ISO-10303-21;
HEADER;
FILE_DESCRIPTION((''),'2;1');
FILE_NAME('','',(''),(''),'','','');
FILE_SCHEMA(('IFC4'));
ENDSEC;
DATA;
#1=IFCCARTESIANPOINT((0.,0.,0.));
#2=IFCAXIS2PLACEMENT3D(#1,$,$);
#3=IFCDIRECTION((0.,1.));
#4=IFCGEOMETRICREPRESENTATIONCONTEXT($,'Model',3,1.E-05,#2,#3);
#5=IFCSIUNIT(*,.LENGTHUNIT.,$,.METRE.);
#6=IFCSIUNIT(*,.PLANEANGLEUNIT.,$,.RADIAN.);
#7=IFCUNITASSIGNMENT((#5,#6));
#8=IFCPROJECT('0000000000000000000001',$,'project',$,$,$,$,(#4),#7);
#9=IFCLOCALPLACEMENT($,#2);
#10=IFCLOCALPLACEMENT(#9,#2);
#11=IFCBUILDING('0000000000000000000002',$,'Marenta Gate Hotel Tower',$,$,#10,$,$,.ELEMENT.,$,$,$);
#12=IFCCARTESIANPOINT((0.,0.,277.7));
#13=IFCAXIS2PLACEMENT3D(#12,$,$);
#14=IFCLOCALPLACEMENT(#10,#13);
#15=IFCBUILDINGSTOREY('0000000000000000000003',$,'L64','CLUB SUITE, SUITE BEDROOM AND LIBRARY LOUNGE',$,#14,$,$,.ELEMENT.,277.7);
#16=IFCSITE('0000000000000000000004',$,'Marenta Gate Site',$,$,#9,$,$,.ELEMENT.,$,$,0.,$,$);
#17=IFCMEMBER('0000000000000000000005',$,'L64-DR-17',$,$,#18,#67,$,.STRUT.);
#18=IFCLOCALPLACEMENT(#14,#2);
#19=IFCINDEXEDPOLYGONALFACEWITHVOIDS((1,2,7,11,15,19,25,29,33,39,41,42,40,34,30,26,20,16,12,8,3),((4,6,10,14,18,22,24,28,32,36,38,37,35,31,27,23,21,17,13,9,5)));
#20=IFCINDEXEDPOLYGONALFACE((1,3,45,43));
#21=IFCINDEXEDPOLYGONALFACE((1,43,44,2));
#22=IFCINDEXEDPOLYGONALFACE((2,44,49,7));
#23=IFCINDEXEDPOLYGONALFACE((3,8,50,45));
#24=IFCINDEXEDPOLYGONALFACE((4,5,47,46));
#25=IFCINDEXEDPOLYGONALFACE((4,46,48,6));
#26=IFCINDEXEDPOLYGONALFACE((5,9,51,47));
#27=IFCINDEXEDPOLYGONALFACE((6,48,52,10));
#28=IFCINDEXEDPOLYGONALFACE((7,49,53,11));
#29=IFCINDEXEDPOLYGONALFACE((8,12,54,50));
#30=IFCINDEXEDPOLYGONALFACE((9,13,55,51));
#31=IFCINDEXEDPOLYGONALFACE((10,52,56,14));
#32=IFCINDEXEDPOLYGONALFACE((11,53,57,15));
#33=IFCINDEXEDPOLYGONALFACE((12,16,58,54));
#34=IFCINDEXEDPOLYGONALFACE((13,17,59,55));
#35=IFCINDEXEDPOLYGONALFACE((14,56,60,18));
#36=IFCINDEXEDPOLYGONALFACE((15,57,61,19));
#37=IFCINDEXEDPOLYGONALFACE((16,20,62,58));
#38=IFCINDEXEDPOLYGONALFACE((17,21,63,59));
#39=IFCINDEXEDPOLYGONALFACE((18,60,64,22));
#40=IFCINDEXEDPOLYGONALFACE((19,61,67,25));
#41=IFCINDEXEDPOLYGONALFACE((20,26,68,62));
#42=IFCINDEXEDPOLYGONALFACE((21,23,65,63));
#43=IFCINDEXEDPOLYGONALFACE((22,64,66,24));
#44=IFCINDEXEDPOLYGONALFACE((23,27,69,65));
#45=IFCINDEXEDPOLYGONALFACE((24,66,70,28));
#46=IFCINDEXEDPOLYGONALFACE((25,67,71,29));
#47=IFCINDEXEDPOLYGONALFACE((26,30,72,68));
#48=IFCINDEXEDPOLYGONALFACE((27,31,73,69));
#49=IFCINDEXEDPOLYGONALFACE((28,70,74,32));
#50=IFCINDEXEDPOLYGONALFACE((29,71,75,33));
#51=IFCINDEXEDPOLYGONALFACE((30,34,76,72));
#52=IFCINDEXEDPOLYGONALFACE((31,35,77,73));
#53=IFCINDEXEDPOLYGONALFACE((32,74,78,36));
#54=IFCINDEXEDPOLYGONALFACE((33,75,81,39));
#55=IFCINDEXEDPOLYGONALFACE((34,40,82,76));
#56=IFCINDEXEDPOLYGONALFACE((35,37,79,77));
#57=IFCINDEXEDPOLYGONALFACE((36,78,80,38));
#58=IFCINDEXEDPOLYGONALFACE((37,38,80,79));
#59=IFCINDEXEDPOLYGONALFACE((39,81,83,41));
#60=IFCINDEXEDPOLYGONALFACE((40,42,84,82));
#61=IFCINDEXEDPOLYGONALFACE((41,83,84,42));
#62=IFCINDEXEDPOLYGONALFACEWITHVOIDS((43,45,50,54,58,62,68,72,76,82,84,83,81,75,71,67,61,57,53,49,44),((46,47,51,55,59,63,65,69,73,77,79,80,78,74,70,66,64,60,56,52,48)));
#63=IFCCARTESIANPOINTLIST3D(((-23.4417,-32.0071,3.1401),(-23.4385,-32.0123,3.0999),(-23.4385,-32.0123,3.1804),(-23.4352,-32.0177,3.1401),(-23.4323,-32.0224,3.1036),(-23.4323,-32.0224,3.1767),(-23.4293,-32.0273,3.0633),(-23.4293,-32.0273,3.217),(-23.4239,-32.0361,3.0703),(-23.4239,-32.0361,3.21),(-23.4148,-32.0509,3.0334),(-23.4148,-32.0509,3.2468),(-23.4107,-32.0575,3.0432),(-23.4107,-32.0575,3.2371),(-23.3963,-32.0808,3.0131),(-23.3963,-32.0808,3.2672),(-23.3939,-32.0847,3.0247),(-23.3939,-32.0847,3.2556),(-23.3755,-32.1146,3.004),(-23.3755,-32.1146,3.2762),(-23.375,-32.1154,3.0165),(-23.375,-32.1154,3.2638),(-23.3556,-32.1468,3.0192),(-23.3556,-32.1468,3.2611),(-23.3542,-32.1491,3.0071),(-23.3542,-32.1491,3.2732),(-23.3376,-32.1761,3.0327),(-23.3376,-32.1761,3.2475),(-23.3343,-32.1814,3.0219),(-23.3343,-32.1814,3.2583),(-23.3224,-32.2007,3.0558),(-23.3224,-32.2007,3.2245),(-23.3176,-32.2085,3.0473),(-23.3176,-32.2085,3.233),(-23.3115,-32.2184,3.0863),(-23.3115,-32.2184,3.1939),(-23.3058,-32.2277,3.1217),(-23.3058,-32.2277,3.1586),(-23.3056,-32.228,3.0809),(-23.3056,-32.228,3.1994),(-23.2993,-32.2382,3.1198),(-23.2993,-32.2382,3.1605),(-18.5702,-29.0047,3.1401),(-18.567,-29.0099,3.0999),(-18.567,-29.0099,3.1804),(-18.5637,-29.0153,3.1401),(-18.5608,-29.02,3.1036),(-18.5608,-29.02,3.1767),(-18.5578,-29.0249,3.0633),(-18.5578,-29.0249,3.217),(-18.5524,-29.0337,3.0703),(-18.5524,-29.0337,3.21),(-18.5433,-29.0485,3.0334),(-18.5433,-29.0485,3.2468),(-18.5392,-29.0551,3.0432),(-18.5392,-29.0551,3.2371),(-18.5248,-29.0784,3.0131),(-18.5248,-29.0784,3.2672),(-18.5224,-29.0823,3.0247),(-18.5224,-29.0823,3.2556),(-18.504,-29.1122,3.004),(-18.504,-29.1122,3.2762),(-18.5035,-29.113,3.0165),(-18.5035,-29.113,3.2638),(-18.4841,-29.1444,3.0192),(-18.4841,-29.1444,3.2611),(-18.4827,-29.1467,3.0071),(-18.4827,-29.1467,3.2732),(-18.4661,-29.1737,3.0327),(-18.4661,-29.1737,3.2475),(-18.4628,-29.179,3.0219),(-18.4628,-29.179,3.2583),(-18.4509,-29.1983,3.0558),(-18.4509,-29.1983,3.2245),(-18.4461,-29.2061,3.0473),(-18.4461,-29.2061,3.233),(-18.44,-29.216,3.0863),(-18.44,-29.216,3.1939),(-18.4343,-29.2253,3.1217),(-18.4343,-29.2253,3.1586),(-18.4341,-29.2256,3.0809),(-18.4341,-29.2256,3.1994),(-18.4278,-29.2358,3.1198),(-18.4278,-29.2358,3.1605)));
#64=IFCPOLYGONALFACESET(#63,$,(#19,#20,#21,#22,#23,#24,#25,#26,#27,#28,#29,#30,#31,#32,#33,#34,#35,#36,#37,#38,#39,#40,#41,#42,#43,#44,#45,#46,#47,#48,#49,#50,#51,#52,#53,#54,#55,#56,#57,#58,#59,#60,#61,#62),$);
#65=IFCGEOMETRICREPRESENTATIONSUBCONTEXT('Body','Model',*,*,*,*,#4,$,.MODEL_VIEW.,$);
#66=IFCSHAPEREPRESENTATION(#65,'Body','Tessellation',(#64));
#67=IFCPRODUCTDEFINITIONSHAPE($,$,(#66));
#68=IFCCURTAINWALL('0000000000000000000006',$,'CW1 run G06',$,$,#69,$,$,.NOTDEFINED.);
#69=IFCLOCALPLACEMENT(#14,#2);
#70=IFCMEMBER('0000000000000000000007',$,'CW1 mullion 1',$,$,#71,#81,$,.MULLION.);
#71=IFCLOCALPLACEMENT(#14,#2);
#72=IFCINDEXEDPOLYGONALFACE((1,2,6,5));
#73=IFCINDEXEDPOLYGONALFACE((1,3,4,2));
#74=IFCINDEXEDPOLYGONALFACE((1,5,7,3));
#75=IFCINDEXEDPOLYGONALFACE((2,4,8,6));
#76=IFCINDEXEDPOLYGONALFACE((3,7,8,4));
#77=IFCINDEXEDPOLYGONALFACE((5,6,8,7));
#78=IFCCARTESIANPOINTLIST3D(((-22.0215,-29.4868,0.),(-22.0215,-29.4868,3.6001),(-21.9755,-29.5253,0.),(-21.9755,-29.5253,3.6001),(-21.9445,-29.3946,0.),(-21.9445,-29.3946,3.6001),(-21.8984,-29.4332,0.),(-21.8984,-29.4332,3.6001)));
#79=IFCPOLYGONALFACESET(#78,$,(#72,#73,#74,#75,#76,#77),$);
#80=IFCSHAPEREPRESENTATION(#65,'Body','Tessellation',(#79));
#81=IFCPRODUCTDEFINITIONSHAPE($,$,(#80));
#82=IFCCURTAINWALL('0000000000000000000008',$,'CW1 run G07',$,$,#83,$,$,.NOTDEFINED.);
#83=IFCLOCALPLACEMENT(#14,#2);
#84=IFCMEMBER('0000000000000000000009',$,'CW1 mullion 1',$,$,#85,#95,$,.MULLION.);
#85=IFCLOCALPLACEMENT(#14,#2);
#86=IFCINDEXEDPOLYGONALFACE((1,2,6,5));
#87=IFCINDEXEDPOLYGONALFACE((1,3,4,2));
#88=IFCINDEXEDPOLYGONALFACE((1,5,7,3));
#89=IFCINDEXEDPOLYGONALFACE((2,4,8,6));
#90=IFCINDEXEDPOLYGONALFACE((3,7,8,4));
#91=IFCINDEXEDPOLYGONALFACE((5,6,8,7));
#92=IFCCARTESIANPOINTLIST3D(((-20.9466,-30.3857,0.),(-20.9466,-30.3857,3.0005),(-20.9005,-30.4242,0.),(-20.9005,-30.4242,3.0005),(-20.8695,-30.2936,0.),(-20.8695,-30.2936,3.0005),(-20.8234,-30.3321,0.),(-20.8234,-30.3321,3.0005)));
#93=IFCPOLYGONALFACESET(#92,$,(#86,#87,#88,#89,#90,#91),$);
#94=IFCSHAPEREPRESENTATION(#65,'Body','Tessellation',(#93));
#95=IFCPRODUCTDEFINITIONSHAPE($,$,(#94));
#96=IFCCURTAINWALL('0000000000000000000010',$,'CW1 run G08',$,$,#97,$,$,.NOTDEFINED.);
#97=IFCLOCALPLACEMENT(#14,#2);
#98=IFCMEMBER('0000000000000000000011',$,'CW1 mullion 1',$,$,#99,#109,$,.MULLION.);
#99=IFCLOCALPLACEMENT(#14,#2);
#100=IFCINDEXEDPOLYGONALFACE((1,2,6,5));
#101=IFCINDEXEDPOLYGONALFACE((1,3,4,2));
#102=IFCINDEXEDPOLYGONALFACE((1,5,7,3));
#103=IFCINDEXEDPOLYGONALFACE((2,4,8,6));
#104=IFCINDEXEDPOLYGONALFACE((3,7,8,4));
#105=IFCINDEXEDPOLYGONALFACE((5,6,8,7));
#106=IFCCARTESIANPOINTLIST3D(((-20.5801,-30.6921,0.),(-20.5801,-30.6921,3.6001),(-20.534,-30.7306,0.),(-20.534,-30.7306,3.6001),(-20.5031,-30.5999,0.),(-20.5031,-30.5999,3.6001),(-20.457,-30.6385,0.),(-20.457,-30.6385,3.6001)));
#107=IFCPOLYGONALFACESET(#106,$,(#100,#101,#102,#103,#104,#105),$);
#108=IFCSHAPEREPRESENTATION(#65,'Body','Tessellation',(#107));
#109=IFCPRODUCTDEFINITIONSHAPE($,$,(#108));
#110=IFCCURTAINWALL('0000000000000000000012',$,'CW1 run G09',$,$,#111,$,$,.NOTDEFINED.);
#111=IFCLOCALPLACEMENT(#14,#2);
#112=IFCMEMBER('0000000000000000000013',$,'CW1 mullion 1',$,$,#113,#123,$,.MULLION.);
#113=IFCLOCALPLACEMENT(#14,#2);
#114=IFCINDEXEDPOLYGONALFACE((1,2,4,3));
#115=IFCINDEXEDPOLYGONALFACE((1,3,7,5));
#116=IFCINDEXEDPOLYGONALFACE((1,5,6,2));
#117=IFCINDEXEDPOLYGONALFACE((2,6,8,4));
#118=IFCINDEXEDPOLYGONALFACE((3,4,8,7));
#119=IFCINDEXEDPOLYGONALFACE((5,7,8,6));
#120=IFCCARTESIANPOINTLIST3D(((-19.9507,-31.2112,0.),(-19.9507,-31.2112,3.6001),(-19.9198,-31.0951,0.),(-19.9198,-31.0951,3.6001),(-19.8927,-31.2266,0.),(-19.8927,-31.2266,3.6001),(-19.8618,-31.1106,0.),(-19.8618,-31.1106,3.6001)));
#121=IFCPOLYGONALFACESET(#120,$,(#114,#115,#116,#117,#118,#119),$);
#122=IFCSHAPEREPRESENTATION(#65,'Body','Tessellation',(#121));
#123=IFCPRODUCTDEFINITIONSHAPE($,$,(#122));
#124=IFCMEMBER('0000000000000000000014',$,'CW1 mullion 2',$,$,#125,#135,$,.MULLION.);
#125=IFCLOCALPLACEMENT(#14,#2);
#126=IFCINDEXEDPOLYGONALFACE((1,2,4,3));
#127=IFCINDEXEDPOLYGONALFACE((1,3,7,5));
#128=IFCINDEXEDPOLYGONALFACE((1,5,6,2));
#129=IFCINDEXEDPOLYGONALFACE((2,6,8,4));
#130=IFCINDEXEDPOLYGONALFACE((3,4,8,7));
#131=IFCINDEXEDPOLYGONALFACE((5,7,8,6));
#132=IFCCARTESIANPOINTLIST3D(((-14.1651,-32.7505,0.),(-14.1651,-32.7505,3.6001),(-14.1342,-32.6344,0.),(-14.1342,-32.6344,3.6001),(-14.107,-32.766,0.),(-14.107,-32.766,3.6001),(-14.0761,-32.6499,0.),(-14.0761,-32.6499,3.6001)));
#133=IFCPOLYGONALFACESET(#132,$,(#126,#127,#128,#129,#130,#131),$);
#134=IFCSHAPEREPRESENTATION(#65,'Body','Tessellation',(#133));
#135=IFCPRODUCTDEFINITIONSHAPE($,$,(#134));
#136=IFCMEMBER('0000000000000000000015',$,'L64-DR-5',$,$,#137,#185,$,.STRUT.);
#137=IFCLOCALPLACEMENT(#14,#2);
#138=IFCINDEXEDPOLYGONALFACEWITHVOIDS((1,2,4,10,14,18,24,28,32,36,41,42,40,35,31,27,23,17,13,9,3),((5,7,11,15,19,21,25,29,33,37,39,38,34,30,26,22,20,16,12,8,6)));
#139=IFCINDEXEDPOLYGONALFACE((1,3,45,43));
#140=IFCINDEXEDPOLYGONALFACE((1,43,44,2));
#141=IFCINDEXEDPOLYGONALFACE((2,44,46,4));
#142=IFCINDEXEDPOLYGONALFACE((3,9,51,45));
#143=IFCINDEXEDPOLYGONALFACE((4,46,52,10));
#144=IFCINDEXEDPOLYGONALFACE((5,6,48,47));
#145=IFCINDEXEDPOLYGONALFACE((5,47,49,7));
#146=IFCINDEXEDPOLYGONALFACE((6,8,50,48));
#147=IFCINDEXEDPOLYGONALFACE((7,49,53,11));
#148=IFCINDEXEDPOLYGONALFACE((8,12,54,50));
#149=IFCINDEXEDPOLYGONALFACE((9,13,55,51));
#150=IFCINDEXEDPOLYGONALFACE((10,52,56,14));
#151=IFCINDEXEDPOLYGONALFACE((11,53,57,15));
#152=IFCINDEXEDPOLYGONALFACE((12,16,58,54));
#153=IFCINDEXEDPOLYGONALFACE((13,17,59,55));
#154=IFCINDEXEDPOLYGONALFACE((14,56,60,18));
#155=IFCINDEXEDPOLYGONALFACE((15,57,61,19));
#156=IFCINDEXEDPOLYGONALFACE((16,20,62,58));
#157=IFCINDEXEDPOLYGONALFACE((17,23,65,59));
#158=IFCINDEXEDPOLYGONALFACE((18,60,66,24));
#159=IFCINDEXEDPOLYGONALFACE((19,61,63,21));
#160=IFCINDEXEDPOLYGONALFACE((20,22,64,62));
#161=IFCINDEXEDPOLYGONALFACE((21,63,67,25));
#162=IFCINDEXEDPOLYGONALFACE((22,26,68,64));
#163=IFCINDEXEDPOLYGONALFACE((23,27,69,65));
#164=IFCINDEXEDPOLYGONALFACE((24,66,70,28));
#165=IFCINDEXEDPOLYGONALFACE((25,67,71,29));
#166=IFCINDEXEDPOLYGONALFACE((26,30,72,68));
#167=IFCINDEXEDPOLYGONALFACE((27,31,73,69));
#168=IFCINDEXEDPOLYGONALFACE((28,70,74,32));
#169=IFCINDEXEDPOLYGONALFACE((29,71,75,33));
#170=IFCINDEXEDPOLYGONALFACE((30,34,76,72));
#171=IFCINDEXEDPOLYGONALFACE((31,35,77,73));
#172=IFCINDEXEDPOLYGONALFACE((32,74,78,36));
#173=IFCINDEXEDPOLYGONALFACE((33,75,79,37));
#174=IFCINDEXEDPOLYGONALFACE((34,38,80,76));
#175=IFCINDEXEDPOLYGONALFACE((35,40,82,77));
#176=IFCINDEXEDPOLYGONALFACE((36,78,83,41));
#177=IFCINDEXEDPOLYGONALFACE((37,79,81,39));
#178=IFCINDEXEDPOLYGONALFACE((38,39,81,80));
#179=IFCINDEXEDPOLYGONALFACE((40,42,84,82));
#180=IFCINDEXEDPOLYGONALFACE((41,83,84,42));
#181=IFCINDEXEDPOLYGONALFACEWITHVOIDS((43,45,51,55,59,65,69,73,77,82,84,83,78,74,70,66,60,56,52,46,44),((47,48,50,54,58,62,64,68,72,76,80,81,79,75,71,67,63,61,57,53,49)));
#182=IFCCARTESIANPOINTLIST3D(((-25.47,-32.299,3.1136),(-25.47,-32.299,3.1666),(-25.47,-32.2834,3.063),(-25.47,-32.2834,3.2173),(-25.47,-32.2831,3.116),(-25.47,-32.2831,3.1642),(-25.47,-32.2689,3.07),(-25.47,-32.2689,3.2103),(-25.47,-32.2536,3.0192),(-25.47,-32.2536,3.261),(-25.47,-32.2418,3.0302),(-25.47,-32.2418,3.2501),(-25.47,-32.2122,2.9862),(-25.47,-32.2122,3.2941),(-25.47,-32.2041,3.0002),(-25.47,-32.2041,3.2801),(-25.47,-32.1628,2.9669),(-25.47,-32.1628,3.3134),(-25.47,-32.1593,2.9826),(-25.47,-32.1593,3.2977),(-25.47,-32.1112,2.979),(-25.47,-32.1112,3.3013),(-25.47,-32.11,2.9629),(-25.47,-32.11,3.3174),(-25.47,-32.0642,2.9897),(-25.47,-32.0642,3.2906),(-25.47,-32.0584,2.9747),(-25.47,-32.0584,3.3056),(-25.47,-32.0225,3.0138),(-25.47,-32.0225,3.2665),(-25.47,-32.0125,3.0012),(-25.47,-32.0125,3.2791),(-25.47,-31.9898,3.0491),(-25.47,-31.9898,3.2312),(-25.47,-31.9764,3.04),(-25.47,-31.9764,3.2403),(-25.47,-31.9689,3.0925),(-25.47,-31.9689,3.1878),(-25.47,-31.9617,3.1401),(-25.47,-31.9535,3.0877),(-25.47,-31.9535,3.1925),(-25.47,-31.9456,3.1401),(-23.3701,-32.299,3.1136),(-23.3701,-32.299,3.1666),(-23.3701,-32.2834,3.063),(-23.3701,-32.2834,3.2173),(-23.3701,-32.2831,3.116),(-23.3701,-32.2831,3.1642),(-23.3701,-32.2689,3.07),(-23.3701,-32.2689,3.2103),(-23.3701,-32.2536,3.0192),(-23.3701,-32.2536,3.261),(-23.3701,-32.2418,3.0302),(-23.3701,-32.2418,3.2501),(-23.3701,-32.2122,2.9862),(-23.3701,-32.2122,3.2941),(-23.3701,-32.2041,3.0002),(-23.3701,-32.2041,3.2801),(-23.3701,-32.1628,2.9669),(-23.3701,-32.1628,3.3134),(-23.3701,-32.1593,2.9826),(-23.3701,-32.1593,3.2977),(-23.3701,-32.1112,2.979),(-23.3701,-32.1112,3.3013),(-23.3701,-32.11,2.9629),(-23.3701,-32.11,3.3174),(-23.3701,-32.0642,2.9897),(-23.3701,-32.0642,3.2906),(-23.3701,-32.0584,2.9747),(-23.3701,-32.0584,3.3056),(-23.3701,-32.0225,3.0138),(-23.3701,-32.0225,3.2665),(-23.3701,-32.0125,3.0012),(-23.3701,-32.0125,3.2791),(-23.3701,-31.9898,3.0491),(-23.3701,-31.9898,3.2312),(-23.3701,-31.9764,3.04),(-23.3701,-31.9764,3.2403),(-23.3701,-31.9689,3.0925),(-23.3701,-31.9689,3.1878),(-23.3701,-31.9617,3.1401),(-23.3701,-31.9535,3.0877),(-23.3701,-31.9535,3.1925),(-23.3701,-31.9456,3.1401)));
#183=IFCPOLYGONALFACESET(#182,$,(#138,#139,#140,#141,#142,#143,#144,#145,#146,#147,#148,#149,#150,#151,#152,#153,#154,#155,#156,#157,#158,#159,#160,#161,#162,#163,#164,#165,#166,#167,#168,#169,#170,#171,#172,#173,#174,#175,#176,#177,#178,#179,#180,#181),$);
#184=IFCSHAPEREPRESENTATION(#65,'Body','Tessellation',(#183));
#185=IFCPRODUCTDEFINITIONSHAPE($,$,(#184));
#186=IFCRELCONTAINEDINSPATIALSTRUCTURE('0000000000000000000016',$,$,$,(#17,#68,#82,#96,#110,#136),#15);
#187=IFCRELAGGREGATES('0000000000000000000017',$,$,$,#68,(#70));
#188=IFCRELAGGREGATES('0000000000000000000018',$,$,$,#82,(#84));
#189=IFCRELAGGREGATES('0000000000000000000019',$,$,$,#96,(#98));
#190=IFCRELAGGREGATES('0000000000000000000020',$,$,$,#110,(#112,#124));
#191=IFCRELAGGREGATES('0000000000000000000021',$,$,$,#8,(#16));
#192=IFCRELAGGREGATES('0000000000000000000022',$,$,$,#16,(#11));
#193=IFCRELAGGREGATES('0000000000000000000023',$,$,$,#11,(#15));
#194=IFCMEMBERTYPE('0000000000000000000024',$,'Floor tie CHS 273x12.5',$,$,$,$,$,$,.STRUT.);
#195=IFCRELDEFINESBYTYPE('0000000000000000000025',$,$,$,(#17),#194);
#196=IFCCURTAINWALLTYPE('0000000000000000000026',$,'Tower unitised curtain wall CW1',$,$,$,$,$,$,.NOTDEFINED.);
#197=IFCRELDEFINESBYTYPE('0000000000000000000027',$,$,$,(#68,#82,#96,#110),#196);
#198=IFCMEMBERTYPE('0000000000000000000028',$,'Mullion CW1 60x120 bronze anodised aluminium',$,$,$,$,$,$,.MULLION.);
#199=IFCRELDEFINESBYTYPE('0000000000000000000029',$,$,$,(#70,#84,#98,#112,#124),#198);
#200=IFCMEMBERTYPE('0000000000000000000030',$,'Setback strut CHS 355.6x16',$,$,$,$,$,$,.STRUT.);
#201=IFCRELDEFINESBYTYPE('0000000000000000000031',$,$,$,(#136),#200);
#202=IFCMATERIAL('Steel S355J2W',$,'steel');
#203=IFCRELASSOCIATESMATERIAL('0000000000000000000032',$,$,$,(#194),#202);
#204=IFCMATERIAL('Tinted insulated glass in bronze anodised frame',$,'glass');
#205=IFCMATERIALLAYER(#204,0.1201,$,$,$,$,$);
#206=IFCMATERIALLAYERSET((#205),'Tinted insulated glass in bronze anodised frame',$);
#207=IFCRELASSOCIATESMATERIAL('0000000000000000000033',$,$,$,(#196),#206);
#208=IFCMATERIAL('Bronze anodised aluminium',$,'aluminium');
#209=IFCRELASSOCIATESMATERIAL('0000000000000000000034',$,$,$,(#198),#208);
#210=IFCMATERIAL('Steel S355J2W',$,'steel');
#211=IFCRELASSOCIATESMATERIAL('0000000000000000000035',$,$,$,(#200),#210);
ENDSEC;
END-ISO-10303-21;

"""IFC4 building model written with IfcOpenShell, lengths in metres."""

from ifc_helpers import new_model, si_unit, direction, frame, origin, origin_2d, place, context, subcontext, project, spatial, rectangle, hollow_circle, extrude, material, layer, layer_set, material_profile, profile_set, type_object, element, aggregate, save


model = new_model("IFC4")

# Units and contexts
model_context = context("Model", 3, precision=1e-05, world=origin(), true_north=direction((0.0, 1.0)))
body_context = subcontext(model_context, "Body", "Model", "MODEL_VIEW")
ifc_project = project(units=[si_unit("LENGTHUNIT", "METRE"), si_unit("PLANEANGLEUNIT", "RADIAN")], contexts=[model_context])

# Site, building, storey
site_placement = place(None, origin())
site = spatial("IfcSite", under=ifc_project, at=site_placement, Name="Marenta Gate Site", CompositionType="ELEMENT", RefElevation=0.0)
building_placement = place(site_placement, origin())
building = spatial("IfcBuilding", under=site, at=building_placement, Name="Marenta Gate Hotel Tower", CompositionType="ELEMENT")
storey_placement = place(building_placement, frame((0.0, 0.0, 277.7)))
storey = spatial("IfcBuildingStorey", under=building, at=storey_placement, Name="L64", Description="CLUB SUITE, SUITE BEDROOM AND LIBRARY LOUNGE", CompositionType="ELEMENT", Elevation=277.7)

# Member
ifc_material_1 = material(Name="Steel S355J2W", Category="steel")
ifc_material_profile_1 = material_profile(ifc_material_1, hollow_circle(Radius=0.1365, WallThickness=0.0125, at=origin_2d()), Name="CHS 273x12.5")
ifc_profile_set_1 = profile_set([ifc_material_profile_1], Name="Steel S355J2W")
member_type_1 = type_object("IfcMemberType", Name="Floor tie CHS 273x12.5", PredefinedType="STRUT", material=ifc_profile_set_1)
member_1_placement = place(storey_placement, frame((-23.3701, -32.1233, 3.1401), z_axis=(0.851304, 0.524673, 0.0), x_axis=(-0.524673, 0.851304, 0.0)))
element("IfcMember", 1, at=member_1_placement, inside=storey, type_object=member_type_1, Name="L64-DR-17", PredefinedType="STRUT", context=body_context, shape_type="SweptSolid", body=[
    extrude(hollow_circle(Radius=0.1365, WallThickness=0.0125, at=origin_2d()), origin(), (0.0, 0.0, 1.0), 5.7224),
])

# Curtain walls, members
ifc_material_2 = material(Name="Tinted insulated glass in bronze anodised frame", Category="glass")
ifc_layer_1 = layer(ifc_material_2, 0.1201)
ifc_layer_set_1 = layer_set([ifc_layer_1], Name="Tinted insulated glass in bronze anodised frame")
curtain_wall_type = type_object("IfcCurtainWallType", Name="Tower unitised curtain wall CW1", PredefinedType="NOTDEFINED", material=ifc_layer_set_1)
curtain_wall_1_placement = place(storey_placement, origin())
curtain_wall_1 = element("IfcCurtainWall", 2, at=curtain_wall_1_placement, inside=storey, type_object=curtain_wall_type, Name="CW1 run G06", PredefinedType="NOTDEFINED")
ifc_material_3 = material(Name="Bronze anodised aluminium", Category="aluminium")
ifc_material_profile_2 = material_profile(ifc_material_3, rectangle(XDim=0.1201, YDim=0.0601, at=origin_2d()), Name="Mullion CW1 60x120 bronze anodised aluminium")
ifc_profile_set_2 = profile_set([ifc_material_profile_2], Name="Bronze anodised aluminium")
member_type_2 = type_object("IfcMemberType", Name="Mullion CW1 60x120 bronze anodised aluminium", PredefinedType="MULLION", material=ifc_profile_set_2)
member_2_placement = place(storey_placement, frame((-21.96, -29.46, 0.0), z_axis=(0.0, 0.0, 1.0), x_axis=(0.641517, 0.767109, 0.0)))
member_2 = element("IfcMember", 3, at=member_2_placement, type_object=member_type_2, Name="CW1 mullion 1", PredefinedType="MULLION", context=body_context, shape_type="SweptSolid", body=[
    extrude(rectangle(XDim=0.1201, YDim=0.0601, at=origin_2d()), origin(), (0.0, 0.0, 1.0), 3.6001),
])
curtain_wall_2_placement = place(storey_placement, origin())
curtain_wall_2 = element("IfcCurtainWall", 4, at=curtain_wall_2_placement, inside=storey, type_object=curtain_wall_type, Name="CW1 run G07", PredefinedType="NOTDEFINED")
member_3_placement = place(storey_placement, frame((-20.885, -30.3589, 0.0), z_axis=(0.0, 0.0, 1.0), x_axis=(0.641604, 0.767036, 0.0)))
member_3 = element("IfcMember", 5, at=member_3_placement, type_object=member_type_2, Name="CW1 mullion 1", PredefinedType="MULLION", context=body_context, shape_type="SweptSolid", body=[
    extrude(rectangle(XDim=0.1201, YDim=0.0601, at=origin_2d()), origin(), (0.0, 0.0, 1.0), 3.0005),
])
curtain_wall_3_placement = place(storey_placement, origin())
curtain_wall_3 = element("IfcCurtainWall", 6, at=curtain_wall_3_placement, inside=storey, type_object=curtain_wall_type, Name="CW1 run G08", PredefinedType="NOTDEFINED")
member_4_placement = place(storey_placement, frame((-20.5186, -30.6653, 0.0), z_axis=(0.0, 0.0, 1.0), x_axis=(0.64149, 0.767131, 0.0)))
member_4 = element("IfcMember", 7, at=member_4_placement, type_object=member_type_2, Name="CW1 mullion 1", PredefinedType="MULLION", context=body_context, shape_type="SweptSolid", body=[
    extrude(rectangle(XDim=0.1201, YDim=0.0601, at=origin_2d()), origin(), (0.0, 0.0, 1.0), 3.6001),
])

# Curtain wall, members
curtain_wall_4_placement = place(storey_placement, origin())
curtain_wall_4 = element("IfcCurtainWall", 8, at=curtain_wall_4_placement, inside=storey, type_object=curtain_wall_type, Name="CW1 run G09", PredefinedType="NOTDEFINED")
member_5_placement = place(storey_placement, frame((-19.9062, -31.1609, 0.0), z_axis=(0.0, 0.0, 1.0), x_axis=(0.257134, 0.966376, 0.0)))
member_5 = element("IfcMember", 9, at=member_5_placement, type_object=member_type_2, Name="CW1 mullion 1", PredefinedType="MULLION", context=body_context, shape_type="SweptSolid", body=[
    extrude(rectangle(XDim=0.1201, YDim=0.0601, at=origin_2d()), origin(), (0.0, 0.0, 1.0), 3.6001),
])
member_6_placement = place(storey_placement, frame((-14.1206, -32.7002, 0.0), z_axis=(0.0, 0.0, 1.0), x_axis=(0.257134, 0.966376, 0.0)))
member_6 = element("IfcMember", 10, at=member_6_placement, type_object=member_type_2, Name="CW1 mullion 2", PredefinedType="MULLION", context=body_context, shape_type="SweptSolid", body=[
    extrude(rectangle(XDim=0.1201, YDim=0.0601, at=origin_2d()), origin(), (0.0, 0.0, 1.0), 3.6001),
])

# Member
ifc_material_4 = material(Name="Steel S355J2W", Category="steel")
ifc_material_profile_3 = material_profile(ifc_material_4, hollow_circle(Radius=0.1777, WallThickness=0.0161, at=origin_2d()), Name="CHS 355.6x16")
ifc_profile_set_3 = profile_set([ifc_material_profile_3], Name="Steel S355J2W")
member_type_3 = type_object("IfcMemberType", Name="Setback strut CHS 355.6x16", PredefinedType="STRUT", material=ifc_profile_set_3)
member_7_placement = place(storey_placement, frame((-25.47, -32.1233, 3.1401), z_axis=(1.0, 0.0, 0.0), x_axis=(0.0, 1.0, 0.0)))
element("IfcMember", 11, at=member_7_placement, inside=storey, type_object=member_type_3, Name="L64-DR-5", PredefinedType="STRUT", context=body_context, shape_type="SweptSolid", body=[
    extrude(hollow_circle(Radius=0.1777, WallThickness=0.0161, at=origin_2d()), origin(), (0.0, 0.0, 1.0), 2.0999),
])

aggregate(curtain_wall_1, [member_2])
aggregate(curtain_wall_2, [member_3])
aggregate(curtain_wall_3, [member_4])
aggregate(curtain_wall_4, [member_5, member_6])

save(model, "model.ifc")
